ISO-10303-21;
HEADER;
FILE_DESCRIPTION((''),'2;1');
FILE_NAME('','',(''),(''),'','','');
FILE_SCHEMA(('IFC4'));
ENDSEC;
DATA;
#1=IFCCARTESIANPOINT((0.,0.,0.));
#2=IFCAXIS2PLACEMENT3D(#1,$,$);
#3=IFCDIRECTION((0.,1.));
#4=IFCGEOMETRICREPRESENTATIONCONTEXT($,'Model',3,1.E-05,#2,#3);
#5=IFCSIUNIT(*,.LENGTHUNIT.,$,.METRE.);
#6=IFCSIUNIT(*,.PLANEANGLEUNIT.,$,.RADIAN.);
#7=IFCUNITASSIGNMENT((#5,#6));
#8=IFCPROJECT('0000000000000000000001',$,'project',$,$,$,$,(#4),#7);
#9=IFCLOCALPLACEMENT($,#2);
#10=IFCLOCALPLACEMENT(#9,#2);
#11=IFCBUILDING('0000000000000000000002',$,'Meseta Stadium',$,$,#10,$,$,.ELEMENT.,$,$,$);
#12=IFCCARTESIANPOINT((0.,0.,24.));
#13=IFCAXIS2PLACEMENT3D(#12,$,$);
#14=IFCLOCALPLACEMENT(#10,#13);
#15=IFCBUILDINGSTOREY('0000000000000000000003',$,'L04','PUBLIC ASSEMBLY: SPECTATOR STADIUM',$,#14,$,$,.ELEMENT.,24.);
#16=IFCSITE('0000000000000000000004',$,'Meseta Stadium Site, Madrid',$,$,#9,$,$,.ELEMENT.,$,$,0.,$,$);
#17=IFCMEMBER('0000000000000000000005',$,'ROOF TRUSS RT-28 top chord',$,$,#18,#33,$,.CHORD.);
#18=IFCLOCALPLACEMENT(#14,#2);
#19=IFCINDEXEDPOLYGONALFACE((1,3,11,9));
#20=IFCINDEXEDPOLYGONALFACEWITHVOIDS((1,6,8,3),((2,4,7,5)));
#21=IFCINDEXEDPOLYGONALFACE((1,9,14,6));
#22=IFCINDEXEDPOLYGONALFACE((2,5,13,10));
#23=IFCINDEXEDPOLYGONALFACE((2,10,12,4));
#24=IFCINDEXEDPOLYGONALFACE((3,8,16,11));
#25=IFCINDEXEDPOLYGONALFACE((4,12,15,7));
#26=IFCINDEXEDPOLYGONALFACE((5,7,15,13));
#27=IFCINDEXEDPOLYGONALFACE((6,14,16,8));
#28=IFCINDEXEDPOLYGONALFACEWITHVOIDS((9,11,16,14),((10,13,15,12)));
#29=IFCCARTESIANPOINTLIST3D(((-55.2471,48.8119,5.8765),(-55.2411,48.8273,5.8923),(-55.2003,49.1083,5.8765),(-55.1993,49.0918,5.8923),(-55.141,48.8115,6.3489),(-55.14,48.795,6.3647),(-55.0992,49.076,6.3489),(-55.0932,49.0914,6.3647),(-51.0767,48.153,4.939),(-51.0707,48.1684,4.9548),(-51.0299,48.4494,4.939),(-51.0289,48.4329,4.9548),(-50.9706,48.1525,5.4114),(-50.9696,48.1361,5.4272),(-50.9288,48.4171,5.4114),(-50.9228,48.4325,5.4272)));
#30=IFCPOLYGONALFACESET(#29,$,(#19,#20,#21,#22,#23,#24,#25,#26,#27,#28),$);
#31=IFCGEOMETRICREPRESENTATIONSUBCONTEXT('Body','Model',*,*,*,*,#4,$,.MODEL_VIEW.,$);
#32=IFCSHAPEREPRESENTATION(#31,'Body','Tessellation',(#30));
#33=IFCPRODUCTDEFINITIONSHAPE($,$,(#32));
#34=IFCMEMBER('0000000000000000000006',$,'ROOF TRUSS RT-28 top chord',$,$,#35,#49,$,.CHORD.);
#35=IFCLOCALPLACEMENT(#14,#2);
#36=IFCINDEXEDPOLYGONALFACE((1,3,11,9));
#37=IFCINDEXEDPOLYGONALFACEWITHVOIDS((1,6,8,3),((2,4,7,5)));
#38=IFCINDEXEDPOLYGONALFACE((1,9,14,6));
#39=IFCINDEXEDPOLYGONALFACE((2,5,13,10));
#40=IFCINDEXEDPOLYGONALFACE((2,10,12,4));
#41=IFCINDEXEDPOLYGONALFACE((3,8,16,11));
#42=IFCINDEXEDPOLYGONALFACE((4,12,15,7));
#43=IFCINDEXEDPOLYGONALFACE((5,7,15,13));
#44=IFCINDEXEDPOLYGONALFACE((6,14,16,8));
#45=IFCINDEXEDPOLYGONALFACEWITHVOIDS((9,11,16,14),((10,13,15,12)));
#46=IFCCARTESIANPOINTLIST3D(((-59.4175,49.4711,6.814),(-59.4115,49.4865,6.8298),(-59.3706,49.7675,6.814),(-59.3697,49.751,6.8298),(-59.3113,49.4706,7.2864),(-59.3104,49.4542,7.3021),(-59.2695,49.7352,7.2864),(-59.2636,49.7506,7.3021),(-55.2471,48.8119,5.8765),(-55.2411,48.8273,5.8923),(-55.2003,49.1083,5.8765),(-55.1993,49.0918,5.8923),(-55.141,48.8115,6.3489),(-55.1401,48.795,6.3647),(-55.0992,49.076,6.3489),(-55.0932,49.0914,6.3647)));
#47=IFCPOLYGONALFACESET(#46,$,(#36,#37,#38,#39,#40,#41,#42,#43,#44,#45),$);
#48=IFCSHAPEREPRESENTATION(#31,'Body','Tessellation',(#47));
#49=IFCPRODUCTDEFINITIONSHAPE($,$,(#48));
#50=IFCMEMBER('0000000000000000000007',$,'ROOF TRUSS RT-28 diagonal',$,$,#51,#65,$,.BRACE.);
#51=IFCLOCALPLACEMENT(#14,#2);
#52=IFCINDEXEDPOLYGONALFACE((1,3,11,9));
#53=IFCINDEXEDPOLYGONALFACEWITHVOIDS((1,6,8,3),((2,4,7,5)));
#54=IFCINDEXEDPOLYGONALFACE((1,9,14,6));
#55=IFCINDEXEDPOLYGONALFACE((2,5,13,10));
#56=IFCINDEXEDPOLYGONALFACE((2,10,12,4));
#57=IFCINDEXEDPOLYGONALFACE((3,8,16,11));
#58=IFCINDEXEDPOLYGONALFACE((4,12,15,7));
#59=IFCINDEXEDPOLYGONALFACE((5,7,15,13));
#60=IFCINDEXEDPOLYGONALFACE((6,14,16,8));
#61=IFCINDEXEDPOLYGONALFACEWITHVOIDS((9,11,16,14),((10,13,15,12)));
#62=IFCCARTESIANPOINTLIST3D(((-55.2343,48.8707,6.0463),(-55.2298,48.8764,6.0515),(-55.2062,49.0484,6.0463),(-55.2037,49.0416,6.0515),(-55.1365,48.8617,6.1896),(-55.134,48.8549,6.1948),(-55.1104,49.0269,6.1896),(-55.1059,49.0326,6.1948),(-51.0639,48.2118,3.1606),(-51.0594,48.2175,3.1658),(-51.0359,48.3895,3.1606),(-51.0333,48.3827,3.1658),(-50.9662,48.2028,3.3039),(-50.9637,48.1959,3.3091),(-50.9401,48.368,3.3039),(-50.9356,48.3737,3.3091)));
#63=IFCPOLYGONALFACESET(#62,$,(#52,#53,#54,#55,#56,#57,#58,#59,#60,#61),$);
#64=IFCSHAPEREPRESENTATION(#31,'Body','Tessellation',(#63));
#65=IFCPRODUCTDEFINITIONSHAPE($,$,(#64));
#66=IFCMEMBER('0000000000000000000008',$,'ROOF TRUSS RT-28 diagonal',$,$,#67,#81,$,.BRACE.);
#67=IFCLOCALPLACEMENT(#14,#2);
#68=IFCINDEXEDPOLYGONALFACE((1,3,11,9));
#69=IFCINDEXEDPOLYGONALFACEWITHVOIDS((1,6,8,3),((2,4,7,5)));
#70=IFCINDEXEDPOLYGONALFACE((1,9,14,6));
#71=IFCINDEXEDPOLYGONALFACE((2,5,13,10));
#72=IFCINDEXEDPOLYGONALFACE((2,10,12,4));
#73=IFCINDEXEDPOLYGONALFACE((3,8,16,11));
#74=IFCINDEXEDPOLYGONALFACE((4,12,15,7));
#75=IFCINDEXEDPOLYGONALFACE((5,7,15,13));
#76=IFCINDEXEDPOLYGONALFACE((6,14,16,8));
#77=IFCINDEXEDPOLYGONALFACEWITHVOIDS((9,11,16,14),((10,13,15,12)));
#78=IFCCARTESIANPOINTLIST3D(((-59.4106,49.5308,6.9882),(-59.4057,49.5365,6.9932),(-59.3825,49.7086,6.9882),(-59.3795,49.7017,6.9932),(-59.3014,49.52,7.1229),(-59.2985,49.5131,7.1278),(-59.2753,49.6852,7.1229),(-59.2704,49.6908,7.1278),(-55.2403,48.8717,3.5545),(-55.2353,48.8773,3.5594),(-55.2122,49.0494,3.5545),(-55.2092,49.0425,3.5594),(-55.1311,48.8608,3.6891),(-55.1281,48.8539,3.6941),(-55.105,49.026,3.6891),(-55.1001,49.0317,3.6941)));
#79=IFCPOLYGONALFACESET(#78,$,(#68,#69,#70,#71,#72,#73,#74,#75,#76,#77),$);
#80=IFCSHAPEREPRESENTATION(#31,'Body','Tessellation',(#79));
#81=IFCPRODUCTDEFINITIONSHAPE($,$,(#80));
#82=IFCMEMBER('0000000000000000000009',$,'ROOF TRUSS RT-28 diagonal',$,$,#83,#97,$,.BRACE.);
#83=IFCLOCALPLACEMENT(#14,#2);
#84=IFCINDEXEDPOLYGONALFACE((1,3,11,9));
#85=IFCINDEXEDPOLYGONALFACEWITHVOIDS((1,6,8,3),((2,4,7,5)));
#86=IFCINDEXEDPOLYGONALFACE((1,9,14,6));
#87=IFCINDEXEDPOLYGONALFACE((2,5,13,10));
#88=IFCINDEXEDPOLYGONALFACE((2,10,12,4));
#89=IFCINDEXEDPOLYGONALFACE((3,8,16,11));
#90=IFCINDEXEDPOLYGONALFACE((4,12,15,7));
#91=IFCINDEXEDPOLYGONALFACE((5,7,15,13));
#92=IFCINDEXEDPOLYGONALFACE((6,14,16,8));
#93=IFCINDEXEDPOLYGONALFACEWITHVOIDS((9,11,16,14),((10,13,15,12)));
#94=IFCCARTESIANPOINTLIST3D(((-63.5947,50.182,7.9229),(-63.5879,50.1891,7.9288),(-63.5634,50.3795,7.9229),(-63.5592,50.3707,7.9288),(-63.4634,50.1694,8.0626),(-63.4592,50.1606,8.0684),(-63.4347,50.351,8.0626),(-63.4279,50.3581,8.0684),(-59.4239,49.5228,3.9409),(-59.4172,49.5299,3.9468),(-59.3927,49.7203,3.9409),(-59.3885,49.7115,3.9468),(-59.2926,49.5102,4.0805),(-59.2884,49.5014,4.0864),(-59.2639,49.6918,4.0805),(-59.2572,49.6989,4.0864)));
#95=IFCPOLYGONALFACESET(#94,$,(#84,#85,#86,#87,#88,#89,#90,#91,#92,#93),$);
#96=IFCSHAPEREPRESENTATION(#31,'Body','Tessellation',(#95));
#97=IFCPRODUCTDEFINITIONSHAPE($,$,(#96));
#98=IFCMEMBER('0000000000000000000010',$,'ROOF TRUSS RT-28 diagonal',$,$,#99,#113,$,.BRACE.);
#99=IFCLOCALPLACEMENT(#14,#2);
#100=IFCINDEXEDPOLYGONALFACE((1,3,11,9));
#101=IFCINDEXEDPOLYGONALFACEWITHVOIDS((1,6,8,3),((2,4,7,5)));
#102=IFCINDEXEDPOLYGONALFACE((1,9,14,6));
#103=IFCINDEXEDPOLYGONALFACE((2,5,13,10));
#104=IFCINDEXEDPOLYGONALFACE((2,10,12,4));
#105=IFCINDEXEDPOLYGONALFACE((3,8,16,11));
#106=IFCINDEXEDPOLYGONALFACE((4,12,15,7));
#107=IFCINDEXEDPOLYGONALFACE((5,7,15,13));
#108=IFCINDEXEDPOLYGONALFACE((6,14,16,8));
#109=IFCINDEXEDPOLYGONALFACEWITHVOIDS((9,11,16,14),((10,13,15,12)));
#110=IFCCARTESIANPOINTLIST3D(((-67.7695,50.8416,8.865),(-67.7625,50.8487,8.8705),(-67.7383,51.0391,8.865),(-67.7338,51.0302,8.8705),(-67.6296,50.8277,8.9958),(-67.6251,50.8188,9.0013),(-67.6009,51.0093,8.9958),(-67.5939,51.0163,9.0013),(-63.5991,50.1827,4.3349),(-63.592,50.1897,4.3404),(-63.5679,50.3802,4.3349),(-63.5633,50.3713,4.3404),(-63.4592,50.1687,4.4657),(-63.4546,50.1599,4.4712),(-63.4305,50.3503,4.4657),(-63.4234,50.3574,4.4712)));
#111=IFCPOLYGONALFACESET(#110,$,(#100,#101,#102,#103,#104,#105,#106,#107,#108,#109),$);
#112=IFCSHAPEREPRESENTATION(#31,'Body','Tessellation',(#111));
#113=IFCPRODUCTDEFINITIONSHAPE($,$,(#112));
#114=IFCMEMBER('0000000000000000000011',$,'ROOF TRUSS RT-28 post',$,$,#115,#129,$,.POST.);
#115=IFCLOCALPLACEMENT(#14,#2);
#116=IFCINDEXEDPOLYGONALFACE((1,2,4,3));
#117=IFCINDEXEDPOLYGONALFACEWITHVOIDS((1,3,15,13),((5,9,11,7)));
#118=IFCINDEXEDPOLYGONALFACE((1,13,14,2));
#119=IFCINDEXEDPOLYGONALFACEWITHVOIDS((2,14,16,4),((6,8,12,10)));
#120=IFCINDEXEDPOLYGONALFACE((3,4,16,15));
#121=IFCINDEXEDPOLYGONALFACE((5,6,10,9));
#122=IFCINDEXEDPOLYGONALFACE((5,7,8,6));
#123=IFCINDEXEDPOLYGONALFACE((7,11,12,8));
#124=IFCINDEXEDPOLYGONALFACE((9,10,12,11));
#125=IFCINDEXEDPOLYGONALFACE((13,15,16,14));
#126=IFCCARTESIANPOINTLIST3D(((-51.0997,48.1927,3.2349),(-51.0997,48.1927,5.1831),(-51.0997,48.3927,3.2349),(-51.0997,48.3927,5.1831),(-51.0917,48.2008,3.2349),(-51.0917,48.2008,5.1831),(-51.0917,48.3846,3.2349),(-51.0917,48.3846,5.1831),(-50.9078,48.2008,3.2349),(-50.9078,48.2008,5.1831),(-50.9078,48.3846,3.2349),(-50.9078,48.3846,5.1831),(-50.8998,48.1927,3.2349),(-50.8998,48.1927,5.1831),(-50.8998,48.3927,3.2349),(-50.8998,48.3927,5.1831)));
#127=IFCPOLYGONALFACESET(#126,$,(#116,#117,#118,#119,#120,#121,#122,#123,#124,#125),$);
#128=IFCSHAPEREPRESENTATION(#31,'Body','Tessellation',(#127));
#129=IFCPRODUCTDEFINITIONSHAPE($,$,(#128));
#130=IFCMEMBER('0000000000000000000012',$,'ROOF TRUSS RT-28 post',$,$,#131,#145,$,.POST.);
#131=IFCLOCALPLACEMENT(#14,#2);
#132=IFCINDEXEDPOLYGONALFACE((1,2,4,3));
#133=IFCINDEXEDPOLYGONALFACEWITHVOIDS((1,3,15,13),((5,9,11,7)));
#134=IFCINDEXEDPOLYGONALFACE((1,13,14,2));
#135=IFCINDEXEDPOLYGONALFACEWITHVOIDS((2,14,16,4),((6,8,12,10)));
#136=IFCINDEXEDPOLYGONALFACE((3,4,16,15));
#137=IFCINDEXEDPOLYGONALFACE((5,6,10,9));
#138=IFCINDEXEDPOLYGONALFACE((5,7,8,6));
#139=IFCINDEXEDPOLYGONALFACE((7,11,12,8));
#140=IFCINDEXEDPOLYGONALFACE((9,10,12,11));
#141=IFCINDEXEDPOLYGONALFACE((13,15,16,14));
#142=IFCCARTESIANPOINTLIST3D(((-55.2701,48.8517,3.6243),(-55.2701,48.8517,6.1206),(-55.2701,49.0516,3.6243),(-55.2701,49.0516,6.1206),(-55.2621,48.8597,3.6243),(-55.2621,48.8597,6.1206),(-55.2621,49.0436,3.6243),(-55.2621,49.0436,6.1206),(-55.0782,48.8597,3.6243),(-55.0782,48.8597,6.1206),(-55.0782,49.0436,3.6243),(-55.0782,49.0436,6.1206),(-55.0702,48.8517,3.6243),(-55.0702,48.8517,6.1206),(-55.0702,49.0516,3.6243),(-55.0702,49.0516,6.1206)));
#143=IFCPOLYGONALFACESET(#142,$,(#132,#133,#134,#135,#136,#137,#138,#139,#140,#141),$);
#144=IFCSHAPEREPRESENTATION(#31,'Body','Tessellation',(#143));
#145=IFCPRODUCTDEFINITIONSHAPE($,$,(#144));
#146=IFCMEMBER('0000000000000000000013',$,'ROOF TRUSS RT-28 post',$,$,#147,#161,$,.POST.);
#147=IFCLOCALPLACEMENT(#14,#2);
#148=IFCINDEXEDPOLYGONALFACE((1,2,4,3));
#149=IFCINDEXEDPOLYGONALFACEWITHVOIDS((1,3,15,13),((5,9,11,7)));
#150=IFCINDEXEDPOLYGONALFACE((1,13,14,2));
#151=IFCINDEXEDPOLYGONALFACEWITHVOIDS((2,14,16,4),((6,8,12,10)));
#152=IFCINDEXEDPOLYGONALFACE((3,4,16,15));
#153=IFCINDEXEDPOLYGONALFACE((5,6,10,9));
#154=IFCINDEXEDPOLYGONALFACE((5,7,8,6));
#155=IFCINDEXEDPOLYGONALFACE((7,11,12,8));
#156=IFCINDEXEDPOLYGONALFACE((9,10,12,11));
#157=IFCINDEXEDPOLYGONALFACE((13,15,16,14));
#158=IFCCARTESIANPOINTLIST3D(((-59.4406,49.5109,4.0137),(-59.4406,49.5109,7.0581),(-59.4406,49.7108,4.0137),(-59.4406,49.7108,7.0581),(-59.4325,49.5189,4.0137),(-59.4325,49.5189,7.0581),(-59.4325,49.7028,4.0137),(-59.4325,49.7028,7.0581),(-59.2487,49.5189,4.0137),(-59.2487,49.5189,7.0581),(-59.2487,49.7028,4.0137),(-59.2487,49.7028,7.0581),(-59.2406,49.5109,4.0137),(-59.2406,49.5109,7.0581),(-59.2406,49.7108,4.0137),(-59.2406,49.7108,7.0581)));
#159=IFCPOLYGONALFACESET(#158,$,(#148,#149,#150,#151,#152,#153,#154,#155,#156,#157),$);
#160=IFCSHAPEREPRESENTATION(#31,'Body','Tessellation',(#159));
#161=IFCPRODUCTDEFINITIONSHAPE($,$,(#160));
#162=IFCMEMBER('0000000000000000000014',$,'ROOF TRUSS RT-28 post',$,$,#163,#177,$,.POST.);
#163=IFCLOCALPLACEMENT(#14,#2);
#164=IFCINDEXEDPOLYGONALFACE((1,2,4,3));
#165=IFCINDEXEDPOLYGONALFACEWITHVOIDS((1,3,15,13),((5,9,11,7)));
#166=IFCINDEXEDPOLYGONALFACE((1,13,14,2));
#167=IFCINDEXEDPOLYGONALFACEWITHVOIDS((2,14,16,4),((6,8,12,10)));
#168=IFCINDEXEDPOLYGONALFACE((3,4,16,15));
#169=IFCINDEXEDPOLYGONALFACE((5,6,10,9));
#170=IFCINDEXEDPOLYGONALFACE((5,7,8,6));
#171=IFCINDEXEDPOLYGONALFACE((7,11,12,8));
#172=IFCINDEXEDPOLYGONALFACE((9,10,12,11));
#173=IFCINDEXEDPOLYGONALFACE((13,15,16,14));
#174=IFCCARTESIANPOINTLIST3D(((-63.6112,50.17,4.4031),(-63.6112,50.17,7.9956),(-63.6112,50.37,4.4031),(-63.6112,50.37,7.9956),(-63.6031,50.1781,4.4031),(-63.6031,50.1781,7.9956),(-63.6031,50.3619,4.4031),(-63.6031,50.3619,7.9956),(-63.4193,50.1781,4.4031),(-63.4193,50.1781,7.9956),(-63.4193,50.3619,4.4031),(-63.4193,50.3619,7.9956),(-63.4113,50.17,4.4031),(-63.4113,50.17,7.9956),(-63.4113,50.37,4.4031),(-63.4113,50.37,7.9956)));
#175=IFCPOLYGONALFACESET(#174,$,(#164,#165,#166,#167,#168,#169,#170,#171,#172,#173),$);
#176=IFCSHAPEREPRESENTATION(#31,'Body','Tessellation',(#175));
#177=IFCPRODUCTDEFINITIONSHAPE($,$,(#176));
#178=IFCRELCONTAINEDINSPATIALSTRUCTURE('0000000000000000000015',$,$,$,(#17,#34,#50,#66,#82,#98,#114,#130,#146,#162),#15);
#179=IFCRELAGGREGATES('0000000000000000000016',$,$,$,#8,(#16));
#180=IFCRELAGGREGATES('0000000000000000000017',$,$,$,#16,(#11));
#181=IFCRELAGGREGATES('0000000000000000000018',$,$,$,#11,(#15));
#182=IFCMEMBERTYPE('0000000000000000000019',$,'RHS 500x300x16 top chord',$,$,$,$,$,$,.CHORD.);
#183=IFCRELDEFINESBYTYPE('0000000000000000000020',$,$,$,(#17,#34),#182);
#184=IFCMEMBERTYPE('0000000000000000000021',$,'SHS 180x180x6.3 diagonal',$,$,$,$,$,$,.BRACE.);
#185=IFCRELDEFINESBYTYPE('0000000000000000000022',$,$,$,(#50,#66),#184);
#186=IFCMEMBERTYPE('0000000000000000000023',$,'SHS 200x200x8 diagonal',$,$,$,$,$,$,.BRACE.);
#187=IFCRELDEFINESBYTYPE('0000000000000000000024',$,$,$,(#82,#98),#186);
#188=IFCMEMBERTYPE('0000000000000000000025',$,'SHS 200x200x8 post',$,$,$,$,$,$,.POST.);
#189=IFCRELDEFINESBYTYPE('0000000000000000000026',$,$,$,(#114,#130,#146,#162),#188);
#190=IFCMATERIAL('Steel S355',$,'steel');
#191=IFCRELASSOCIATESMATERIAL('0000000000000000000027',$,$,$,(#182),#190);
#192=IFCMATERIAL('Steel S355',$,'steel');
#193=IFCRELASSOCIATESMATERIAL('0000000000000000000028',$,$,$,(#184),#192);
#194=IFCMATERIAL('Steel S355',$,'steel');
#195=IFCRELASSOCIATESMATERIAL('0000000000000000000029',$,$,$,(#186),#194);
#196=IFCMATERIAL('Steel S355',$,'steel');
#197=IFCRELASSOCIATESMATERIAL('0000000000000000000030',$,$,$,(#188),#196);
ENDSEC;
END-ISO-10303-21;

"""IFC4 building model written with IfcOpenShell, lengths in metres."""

from ifc_helpers import new_model, si_unit, direction, frame, origin, origin_2d, place, context, subcontext, project, spatial, hollow_rectangle, extrude, material, material_profile, profile_set, type_object, element, save


model = new_model("IFC4")

# Units and contexts
model_context = context("Model", 3, precision=1e-05, world=origin(), true_north=direction((0.0, 1.0)))
body_context = subcontext(model_context, "Body", "Model", "MODEL_VIEW")
ifc_project = project(units=[si_unit("LENGTHUNIT", "METRE"), si_unit("PLANEANGLEUNIT", "RADIAN")], contexts=[model_context])

# Site, building, storey
site_placement = place(None, origin())
site = spatial("IfcSite", under=ifc_project, at=site_placement, Name="Meseta Stadium Site, Madrid", CompositionType="ELEMENT", RefElevation=0.0)
building_placement = place(site_placement, origin())
building = spatial("IfcBuilding", under=site, at=building_placement, Name="Meseta Stadium", CompositionType="ELEMENT")
storey_placement = place(building_placement, frame((0.0, 0.0, 24.0)))
storey = spatial("IfcBuildingStorey", under=building, at=storey_placement, Name="L04", Description="PUBLIC ASSEMBLY: SPECTATOR STADIUM", CompositionType="ELEMENT", Elevation=24.0)

# Members
ifc_material_1 = material(Name="Steel S355", Category="steel")
ifc_material_profile_1 = material_profile(ifc_material_1, hollow_rectangle(XDim=0.3, YDim=0.5, WallThickness=0.0161, at=origin_2d()), Name="RHS 500x300x16")
ifc_profile_set_1 = profile_set([ifc_material_profile_1], Name="Steel S355")
member_type_1 = type_object("IfcMemberType", Name="RHS 500x300x16 top chord", PredefinedType="CHORD", material=ifc_profile_set_1)
for number, where, z_axis, x_axis, name in (
    (1, (-50.9998, 48.2927, 5.1831), (-0.964262, 0.152356, 0.216764), (-0.156066, -0.987747, 0.0), "ROOF TRUSS RT-28 top chord"),
    (2, (-55.1702, 48.9517, 6.1206), (-0.964254, 0.152411, 0.216762), (-0.156123, -0.987738, 0.0), "ROOF TRUSS RT-28 top chord"),
):
    element("IfcMember", number, at=place(storey_placement, frame(where, z_axis=z_axis, x_axis=x_axis)), inside=storey, type_object=member_type_1, Name=name, PredefinedType="CHORD", context=body_context, shape_type="SweptSolid", body=[
        extrude(hollow_rectangle(XDim=0.3, YDim=0.5, WallThickness=0.0161, at=origin_2d()), origin(), (0.0, 0.0, 1.0), 4.325),
    ])
ifc_material_2 = material(Name="Steel S355", Category="steel")
ifc_material_profile_2 = material_profile(ifc_material_2, hollow_rectangle(XDim=0.1799, YDim=0.1799, WallThickness=0.0063, at=origin_2d()), Name="SHS 180x180x6.3")
ifc_profile_set_2 = profile_set([ifc_material_profile_2], Name="Steel S355")
member_type_2 = type_object("IfcMemberType", Name="SHS 180x180x6.3 diagonal", PredefinedType="BRACE", material=ifc_profile_set_2)
member_1_placement = place(storey_placement, frame((-50.9998, 48.2927, 3.2349), z_axis=(-0.815473, 0.128847, 0.564272), x_axis=(-0.156066, -0.987747, 0.0)))
element("IfcMember", 3, at=member_1_placement, inside=storey, type_object=member_type_2, Name="ROOF TRUSS RT-28 diagonal", PredefinedType="BRACE", context=body_context, shape_type="SweptSolid", body=[
    extrude(hollow_rectangle(XDim=0.1799, YDim=0.1799, WallThickness=0.0063, at=origin_2d()), origin(), (0.0, 0.0, 1.0), 5.114),
])
member_2_placement = place(storey_placement, frame((-55.1702, 48.9517, 3.6243), z_axis=(-0.766303, 0.121123, 0.630959), x_axis=(-0.156123, -0.987738, 0.0)))
element("IfcMember", 4, at=member_2_placement, inside=storey, type_object=member_type_2, Name="ROOF TRUSS RT-28 diagonal", PredefinedType="BRACE", context=body_context, shape_type="SweptSolid", body=[
    extrude(hollow_rectangle(XDim=0.1799, YDim=0.1799, WallThickness=0.0063, at=origin_2d()), origin(), (0.0, 0.0, 1.0), 5.4421),
])
ifc_material_3 = material(Name="Steel S355", Category="steel")
ifc_material_profile_3 = material_profile(ifc_material_3, hollow_rectangle(XDim=0.2, YDim=0.2, WallThickness=0.0081, at=origin_2d()), Name="SHS 200x200x8")
ifc_profile_set_3 = profile_set([ifc_material_profile_3], Name="Steel S355")
member_type_3 = type_object("IfcMemberType", Name="SHS 200x200x8 diagonal", PredefinedType="BRACE", material=ifc_profile_set_3)
member_3_placement = place(storey_placement, frame((-59.3406, 49.6108, 4.0137), z_axis=(-0.718601, 0.113576, 0.686085), x_axis=(-0.156114, -0.987739, 0.0)))
element("IfcMember", 5, at=member_3_placement, inside=storey, type_object=member_type_3, Name="ROOF TRUSS RT-28 diagonal", PredefinedType="BRACE", context=body_context, shape_type="SweptSolid", body=[
    extrude(hollow_rectangle(XDim=0.2, YDim=0.2, WallThickness=0.0081, at=origin_2d()), origin(), (0.0, 0.0, 1.0), 5.804),
])
member_4_placement = place(storey_placement, frame((-63.5112, 50.27, 4.4031), z_axis=(-0.673456, 0.106408, 0.731529), x_axis=(-0.156066, -0.987747, 0.0)))
element("IfcMember", 6, at=member_4_placement, inside=storey, type_object=member_type_3, Name="ROOF TRUSS RT-28 diagonal", PredefinedType="BRACE", context=body_context, shape_type="SweptSolid", body=[
    extrude(hollow_rectangle(XDim=0.2, YDim=0.2, WallThickness=0.0081, at=origin_2d()), origin(), (0.0, 0.0, 1.0), 6.1926),
])
ifc_material_4 = material(Name="Steel S355", Category="steel")
ifc_material_profile_4 = material_profile(ifc_material_4, hollow_rectangle(XDim=0.2, YDim=0.2, WallThickness=0.0081, at=origin_2d()), Name="SHS 200x200x8")
ifc_profile_set_4 = profile_set([ifc_material_profile_4], Name="Steel S355")
member_type_4 = type_object("IfcMemberType", Name="SHS 200x200x8 post", PredefinedType="POST", material=ifc_profile_set_4)
member_5_placement = place(storey_placement, frame((-50.9998, 48.2927, 3.2349), z_axis=(0.0, 0.0, 1.0), x_axis=(1.0, 0.0, 0.0)))
element("IfcMember", 7, at=member_5_placement, inside=storey, type_object=member_type_4, Name="ROOF TRUSS RT-28 post", PredefinedType="POST", context=body_context, shape_type="SweptSolid", body=[
    extrude(hollow_rectangle(XDim=0.2, YDim=0.2, WallThickness=0.0081, at=origin_2d()), origin(), (0.0, 0.0, 1.0), 1.9482),
])
member_6_placement = place(storey_placement, frame((-55.1702, 48.9517, 3.6243), z_axis=(0.0, 0.0, 1.0), x_axis=(1.0, 0.0, 0.0)))
element("IfcMember", 8, at=member_6_placement, inside=storey, type_object=member_type_4, Name="ROOF TRUSS RT-28 post", PredefinedType="POST", context=body_context, shape_type="SweptSolid", body=[
    extrude(hollow_rectangle(XDim=0.2, YDim=0.2, WallThickness=0.0081, at=origin_2d()), origin(), (0.0, 0.0, 1.0), 2.4963),
])
member_7_placement = place(storey_placement, frame((-59.3406, 49.6108, 4.0137), z_axis=(0.0, 0.0, 1.0), x_axis=(1.0, 0.0, 0.0)))
element("IfcMember", 9, at=member_7_placement, inside=storey, type_object=member_type_4, Name="ROOF TRUSS RT-28 post", PredefinedType="POST", context=body_context, shape_type="SweptSolid", body=[
    extrude(hollow_rectangle(XDim=0.2, YDim=0.2, WallThickness=0.0081, at=origin_2d()), origin(), (0.0, 0.0, 1.0), 3.0444),
])
member_8_placement = place(storey_placement, frame((-63.5112, 50.27, 4.4031), z_axis=(0.0, 0.0, 1.0), x_axis=(1.0, 0.0, 0.0)))
element("IfcMember", 10, at=member_8_placement, inside=storey, type_object=member_type_4, Name="ROOF TRUSS RT-28 post", PredefinedType="POST", context=body_context, shape_type="SweptSolid", body=[
    extrude(hollow_rectangle(XDim=0.2, YDim=0.2, WallThickness=0.0081, at=origin_2d()), origin(), (0.0, 0.0, 1.0), 3.5925),
])

save(model, "model.ifc")
